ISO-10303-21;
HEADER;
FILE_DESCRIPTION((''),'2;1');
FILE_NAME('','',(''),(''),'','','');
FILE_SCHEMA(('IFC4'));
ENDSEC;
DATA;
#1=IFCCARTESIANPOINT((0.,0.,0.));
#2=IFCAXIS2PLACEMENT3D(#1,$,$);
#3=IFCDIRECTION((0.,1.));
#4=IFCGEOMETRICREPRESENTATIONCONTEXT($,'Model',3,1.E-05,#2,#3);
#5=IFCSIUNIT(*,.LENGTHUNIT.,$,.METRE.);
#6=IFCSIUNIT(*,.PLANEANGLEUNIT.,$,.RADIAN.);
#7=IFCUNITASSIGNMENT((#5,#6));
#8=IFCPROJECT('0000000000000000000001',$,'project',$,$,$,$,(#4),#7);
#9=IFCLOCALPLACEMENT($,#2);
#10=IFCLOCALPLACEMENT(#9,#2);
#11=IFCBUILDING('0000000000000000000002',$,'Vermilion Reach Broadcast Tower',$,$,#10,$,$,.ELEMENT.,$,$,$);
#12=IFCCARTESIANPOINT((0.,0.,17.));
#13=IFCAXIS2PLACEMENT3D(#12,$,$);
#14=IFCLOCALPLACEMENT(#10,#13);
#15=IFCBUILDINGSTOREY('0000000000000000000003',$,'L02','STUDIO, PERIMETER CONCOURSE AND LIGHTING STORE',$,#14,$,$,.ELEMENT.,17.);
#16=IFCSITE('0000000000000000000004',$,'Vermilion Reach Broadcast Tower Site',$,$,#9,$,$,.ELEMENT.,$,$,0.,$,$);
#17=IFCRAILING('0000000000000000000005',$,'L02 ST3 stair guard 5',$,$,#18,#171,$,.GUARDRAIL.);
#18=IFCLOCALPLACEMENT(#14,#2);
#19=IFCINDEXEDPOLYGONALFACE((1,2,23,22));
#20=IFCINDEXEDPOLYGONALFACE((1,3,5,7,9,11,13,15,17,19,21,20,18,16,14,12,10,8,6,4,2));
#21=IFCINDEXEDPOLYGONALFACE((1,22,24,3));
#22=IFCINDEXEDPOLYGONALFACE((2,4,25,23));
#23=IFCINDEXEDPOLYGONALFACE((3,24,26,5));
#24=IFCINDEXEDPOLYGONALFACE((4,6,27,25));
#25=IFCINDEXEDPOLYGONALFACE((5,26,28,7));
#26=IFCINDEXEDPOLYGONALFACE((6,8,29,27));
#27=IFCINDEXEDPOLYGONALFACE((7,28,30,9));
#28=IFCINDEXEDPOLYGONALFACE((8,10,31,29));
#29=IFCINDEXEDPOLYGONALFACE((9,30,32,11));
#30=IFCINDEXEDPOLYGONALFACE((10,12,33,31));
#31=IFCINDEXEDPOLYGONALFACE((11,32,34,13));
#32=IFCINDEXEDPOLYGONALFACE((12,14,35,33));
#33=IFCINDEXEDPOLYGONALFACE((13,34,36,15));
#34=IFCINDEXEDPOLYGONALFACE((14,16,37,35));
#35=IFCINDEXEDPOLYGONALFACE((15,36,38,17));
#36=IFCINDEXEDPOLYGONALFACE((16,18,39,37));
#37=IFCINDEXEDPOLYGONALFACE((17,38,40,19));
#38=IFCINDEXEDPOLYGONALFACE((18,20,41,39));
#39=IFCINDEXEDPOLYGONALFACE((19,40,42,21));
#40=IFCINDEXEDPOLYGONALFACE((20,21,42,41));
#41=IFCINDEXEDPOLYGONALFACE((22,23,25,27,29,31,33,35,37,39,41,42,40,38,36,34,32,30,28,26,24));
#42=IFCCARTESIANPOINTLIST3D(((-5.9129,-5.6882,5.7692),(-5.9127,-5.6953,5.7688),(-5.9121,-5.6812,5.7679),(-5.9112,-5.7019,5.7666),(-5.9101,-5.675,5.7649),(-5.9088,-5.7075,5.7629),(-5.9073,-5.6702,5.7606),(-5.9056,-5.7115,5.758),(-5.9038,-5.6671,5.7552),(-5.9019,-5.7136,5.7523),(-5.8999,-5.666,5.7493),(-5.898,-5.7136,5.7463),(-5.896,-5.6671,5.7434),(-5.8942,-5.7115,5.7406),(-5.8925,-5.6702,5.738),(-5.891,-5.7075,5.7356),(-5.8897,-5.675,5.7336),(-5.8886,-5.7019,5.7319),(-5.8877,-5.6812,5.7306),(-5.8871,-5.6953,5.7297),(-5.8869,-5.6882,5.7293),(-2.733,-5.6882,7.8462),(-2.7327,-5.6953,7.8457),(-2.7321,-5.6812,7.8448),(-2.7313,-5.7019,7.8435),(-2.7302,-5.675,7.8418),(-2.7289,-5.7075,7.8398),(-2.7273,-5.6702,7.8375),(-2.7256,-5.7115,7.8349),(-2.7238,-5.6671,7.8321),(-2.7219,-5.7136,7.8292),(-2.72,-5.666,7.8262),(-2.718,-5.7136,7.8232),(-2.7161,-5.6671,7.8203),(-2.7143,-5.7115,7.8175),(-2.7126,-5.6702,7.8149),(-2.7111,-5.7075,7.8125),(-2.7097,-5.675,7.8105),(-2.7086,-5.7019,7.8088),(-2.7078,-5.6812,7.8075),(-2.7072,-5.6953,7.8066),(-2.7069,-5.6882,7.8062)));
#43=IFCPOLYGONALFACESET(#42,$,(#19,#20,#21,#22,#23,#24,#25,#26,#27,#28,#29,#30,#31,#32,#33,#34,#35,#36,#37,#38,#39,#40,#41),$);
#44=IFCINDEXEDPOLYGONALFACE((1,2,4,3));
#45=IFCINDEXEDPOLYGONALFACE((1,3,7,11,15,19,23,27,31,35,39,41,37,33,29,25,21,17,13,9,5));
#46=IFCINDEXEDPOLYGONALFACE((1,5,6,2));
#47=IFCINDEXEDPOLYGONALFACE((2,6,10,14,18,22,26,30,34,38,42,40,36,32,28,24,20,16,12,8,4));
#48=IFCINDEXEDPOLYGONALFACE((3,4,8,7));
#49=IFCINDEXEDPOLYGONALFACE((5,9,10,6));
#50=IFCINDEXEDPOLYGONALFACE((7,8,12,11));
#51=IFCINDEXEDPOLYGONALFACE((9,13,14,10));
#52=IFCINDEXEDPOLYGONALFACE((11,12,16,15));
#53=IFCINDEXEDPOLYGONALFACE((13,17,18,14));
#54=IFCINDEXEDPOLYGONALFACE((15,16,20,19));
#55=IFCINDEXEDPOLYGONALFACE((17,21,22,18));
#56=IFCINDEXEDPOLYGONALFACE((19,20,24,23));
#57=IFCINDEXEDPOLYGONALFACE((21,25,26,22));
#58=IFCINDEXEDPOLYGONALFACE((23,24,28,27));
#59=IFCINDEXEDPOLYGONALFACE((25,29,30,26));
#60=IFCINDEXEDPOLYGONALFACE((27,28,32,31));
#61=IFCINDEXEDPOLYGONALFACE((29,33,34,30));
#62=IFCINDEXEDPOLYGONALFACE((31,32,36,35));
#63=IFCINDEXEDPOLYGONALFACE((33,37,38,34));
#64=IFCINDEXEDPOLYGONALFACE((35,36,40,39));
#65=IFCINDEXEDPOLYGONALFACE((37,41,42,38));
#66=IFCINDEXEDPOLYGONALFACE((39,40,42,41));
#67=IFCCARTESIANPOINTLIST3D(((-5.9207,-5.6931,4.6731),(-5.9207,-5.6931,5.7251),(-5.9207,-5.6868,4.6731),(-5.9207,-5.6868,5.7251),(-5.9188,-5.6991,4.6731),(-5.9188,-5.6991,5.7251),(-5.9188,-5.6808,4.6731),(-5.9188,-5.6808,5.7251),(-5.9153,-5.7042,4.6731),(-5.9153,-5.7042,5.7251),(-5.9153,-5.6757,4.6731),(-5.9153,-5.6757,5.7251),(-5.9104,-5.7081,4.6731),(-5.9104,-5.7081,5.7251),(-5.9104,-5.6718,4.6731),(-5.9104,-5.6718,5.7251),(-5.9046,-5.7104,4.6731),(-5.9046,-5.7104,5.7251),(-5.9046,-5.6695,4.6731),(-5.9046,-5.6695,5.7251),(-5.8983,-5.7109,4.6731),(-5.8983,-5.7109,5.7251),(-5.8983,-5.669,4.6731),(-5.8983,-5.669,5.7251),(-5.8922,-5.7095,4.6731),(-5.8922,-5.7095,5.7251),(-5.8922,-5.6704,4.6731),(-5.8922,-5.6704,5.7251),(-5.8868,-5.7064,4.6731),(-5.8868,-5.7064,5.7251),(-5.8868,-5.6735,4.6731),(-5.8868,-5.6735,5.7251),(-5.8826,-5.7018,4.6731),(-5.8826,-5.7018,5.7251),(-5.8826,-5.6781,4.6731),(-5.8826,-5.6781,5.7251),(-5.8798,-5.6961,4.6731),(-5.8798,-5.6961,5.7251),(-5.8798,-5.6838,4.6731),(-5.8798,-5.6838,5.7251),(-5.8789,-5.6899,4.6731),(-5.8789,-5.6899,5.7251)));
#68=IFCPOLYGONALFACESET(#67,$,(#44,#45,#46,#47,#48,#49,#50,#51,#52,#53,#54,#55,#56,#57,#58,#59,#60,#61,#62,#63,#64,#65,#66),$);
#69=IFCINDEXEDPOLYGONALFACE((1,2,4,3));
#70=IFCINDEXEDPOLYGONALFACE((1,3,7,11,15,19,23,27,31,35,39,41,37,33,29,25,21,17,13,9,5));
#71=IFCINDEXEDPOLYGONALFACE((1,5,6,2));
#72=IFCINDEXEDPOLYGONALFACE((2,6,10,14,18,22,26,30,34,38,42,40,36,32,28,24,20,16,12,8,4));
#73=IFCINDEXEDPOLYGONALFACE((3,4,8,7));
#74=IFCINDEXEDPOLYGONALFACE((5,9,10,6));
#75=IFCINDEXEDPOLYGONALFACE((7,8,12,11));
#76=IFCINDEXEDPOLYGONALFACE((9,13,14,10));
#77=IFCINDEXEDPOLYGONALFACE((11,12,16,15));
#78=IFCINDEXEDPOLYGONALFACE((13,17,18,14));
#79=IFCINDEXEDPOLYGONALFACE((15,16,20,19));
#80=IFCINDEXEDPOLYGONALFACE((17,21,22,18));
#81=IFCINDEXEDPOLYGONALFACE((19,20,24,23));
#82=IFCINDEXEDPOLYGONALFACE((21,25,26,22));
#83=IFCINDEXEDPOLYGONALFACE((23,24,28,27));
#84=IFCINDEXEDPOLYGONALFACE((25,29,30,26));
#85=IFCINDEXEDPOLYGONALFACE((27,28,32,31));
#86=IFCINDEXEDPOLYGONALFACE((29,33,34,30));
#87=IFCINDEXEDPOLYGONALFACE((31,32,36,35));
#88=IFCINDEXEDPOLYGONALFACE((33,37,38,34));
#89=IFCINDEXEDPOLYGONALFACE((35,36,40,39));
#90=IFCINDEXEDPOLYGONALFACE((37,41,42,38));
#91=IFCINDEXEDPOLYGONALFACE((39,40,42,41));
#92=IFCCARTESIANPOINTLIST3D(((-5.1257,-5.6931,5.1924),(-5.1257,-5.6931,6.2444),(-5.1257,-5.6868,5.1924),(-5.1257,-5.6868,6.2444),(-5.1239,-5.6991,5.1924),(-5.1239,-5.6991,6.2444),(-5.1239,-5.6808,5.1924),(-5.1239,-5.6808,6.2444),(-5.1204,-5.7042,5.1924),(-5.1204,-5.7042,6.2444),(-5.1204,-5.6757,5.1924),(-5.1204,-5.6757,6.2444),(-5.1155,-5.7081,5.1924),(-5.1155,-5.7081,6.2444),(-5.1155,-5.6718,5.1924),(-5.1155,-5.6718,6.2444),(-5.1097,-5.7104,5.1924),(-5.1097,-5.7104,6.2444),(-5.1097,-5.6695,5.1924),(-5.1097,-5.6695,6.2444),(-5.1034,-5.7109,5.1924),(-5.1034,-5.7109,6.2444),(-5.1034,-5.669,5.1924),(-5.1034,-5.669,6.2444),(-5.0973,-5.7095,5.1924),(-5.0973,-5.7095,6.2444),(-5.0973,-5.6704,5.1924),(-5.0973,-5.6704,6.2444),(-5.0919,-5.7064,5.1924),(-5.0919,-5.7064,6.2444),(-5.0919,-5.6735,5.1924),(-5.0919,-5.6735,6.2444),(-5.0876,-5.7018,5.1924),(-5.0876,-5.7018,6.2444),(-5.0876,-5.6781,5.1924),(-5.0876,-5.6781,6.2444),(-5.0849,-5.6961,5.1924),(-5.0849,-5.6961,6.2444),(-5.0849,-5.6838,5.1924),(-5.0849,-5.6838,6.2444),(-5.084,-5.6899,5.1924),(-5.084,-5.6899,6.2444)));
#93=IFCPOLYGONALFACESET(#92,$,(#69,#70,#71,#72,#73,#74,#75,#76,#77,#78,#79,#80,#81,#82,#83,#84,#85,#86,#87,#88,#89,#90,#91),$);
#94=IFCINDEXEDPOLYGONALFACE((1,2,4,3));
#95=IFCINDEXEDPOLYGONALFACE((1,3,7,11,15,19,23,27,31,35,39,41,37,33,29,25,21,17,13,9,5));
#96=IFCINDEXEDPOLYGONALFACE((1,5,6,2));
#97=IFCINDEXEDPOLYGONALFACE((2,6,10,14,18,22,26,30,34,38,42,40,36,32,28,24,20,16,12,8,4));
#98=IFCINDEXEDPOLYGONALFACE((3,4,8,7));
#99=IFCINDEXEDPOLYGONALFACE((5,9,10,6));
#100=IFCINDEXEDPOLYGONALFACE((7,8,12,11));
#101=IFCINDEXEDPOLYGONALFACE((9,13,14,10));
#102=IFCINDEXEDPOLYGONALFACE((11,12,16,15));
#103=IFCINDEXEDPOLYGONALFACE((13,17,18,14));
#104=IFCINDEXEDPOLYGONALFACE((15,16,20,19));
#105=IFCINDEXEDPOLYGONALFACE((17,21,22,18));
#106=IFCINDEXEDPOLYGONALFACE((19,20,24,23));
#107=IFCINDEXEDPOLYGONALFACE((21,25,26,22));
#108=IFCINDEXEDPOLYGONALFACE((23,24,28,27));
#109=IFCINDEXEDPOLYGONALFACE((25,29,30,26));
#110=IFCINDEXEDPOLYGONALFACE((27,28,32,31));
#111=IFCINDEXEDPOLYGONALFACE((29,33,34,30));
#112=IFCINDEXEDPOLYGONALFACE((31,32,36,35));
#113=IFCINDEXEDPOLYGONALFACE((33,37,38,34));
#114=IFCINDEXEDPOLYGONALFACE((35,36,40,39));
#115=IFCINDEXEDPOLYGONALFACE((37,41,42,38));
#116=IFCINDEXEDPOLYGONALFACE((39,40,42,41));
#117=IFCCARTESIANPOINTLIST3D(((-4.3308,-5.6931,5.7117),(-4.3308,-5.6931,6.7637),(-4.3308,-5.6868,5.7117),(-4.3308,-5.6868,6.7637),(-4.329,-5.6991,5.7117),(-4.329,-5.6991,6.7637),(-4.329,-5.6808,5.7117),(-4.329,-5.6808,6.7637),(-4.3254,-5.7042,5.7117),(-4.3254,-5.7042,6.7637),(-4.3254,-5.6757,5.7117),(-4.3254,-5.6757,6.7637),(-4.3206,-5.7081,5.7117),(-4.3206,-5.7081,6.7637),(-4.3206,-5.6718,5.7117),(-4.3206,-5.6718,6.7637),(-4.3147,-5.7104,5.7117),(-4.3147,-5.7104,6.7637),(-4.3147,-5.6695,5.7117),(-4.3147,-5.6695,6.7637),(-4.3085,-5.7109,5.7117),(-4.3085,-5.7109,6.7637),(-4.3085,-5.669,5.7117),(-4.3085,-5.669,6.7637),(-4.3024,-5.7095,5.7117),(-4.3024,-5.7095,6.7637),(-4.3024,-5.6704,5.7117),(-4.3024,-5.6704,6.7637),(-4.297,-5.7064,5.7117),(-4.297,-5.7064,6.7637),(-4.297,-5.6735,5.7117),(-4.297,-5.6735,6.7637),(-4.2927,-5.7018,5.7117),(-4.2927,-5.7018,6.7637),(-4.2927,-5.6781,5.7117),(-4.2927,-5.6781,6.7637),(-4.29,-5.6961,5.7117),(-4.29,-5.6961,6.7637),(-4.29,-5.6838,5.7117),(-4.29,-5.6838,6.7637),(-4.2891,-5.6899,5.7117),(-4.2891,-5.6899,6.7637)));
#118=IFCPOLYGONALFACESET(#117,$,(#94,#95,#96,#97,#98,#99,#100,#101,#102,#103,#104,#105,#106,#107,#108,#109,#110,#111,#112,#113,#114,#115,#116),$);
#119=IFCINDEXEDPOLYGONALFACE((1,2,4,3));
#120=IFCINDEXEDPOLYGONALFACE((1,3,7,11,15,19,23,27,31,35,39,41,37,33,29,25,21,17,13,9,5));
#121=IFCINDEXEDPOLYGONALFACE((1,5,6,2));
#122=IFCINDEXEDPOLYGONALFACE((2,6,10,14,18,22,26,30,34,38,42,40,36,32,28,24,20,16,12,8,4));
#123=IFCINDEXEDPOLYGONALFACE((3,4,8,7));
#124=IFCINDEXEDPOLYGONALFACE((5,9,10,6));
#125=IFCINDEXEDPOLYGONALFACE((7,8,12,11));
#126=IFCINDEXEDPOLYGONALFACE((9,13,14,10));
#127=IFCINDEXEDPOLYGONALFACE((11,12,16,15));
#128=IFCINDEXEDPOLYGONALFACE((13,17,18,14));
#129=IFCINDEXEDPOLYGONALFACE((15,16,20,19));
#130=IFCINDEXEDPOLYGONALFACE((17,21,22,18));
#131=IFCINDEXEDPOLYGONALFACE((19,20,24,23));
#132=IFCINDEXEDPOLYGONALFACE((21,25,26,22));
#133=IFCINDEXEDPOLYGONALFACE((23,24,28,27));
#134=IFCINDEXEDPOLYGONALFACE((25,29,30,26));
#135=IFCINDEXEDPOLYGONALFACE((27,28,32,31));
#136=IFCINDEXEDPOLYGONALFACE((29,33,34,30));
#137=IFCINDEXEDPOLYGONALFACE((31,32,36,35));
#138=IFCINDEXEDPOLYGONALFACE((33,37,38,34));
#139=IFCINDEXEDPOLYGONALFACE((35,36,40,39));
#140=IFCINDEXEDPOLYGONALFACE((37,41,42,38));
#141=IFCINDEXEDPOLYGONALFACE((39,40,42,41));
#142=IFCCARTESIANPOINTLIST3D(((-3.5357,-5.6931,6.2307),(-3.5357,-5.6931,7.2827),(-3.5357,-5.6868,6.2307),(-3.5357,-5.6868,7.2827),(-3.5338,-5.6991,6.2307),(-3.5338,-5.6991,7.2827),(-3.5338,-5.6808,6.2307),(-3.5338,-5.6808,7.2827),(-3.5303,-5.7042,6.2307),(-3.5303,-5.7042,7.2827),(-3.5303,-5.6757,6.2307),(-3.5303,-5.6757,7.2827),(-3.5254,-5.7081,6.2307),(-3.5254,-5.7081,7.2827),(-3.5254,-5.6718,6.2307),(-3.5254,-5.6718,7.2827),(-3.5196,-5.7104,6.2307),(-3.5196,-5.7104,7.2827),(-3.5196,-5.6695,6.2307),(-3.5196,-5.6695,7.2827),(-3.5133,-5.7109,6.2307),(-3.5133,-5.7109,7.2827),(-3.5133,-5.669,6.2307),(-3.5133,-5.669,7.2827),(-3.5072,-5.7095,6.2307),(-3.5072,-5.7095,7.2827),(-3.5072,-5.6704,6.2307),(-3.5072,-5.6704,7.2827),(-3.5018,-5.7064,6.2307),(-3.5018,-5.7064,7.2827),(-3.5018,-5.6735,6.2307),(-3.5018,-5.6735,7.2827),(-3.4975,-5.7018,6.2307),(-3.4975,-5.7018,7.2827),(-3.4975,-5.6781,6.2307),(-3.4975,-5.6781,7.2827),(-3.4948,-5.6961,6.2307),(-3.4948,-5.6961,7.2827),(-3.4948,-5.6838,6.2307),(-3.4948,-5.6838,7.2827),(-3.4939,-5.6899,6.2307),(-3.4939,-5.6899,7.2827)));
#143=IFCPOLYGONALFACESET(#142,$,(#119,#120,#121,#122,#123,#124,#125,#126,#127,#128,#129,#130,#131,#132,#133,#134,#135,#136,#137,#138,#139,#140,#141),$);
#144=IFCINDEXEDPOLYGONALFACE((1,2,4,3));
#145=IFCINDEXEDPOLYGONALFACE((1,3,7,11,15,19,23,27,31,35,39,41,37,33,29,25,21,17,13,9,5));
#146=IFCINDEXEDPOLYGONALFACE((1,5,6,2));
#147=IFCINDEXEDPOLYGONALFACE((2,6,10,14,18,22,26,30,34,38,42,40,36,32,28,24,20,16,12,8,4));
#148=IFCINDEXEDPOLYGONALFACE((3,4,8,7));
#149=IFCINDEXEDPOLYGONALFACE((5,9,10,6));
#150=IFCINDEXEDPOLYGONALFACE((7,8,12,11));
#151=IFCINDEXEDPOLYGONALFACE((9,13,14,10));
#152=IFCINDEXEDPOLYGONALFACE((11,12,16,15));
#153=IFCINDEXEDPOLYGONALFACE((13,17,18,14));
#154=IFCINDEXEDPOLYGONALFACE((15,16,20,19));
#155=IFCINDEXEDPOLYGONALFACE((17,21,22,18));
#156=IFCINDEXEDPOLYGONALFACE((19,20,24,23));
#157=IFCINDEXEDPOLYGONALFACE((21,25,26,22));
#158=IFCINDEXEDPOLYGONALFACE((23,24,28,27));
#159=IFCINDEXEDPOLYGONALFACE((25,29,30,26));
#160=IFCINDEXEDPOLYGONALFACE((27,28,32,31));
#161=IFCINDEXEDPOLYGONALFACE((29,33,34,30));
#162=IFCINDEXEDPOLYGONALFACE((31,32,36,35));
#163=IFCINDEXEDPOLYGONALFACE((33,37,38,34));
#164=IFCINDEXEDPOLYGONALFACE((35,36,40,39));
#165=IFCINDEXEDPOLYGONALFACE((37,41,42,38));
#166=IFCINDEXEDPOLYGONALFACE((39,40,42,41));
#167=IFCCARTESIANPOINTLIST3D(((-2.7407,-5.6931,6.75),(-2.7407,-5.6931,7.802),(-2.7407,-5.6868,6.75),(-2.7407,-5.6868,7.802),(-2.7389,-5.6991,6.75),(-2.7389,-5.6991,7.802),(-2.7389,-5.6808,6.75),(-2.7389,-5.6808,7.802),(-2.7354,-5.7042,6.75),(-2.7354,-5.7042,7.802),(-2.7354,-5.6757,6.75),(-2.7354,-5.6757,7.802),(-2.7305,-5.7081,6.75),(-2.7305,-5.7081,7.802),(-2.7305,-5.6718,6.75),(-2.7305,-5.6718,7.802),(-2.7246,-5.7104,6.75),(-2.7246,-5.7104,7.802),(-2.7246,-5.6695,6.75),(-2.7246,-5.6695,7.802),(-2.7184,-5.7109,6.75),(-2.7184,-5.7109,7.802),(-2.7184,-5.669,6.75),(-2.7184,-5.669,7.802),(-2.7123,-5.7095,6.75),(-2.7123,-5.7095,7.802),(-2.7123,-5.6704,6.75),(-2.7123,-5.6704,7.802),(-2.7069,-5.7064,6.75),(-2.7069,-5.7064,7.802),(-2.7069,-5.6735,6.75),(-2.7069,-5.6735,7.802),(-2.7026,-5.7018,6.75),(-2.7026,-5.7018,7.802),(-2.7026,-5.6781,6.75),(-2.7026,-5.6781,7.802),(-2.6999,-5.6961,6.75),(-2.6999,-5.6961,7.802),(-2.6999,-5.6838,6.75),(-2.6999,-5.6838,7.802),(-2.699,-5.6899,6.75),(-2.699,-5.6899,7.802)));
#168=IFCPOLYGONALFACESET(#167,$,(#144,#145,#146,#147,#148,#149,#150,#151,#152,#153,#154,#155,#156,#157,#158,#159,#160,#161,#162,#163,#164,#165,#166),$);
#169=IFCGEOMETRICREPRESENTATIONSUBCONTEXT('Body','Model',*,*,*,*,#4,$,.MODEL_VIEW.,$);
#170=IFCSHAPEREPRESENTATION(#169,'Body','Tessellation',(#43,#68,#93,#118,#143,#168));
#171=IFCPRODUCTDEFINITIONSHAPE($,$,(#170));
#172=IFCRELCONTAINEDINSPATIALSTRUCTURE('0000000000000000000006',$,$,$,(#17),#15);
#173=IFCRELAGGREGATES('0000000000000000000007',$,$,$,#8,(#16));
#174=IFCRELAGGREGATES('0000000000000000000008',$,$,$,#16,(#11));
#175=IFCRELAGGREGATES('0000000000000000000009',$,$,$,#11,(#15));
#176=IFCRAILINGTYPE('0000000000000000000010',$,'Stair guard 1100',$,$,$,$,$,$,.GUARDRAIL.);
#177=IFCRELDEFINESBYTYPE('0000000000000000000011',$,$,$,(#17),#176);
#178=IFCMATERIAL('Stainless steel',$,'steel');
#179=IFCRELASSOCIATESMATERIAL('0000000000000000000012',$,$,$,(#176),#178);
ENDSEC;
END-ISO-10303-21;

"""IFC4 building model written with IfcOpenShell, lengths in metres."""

from ifc_helpers import new_model, si_unit, direction, frame, origin, origin_2d, place, context, subcontext, project, spatial, circle, extrude, material, type_object, element, save


model = new_model("IFC4")

# Units and contexts
model_context = context("Model", 3, precision=1e-05, world=origin(), true_north=direction((0.0, 1.0)))
body_context = subcontext(model_context, "Body", "Model", "MODEL_VIEW")
ifc_project = project(units=[si_unit("LENGTHUNIT", "METRE"), si_unit("PLANEANGLEUNIT", "RADIAN")], contexts=[model_context])

# Site, building, storey
site_placement = place(None, origin())
site = spatial("IfcSite", under=ifc_project, at=site_placement, Name="Vermilion Reach Broadcast Tower Site", CompositionType="ELEMENT", RefElevation=0.0)
building_placement = place(site_placement, origin())
building = spatial("IfcBuilding", under=site, at=building_placement, Name="Vermilion Reach Broadcast Tower", CompositionType="ELEMENT")
storey_placement = place(building_placement, frame((0.0, 0.0, 17.0)))
storey = spatial("IfcBuildingStorey", under=building, at=storey_placement, Name="L02", Description="STUDIO, PERIMETER CONCOURSE AND LIGHTING STORE", CompositionType="ELEMENT", Elevation=17.0)

# Railing
ifc_material_1 = material(Name="Stainless steel", Category="steel")
railing_type_1 = type_object("IfcRailingType", Name="Stair guard 1100", PredefinedType="GUARDRAIL", material=ifc_material_1)
railing_1_placement = place(storey_placement, frame((-5.8999, -5.6899, 4.6731)))
element("IfcRailing", 1, at=railing_1_placement, inside=storey, type_object=railing_type_1, Name="L02 ST3 stair guard 5", PredefinedType="GUARDRAIL", context=body_context, shape_type="SweptSolid", body=[
    extrude(circle(Radius=0.0239, at=origin_2d()), frame((0.0, 0.0, 1.0762), z_axis=(0.837245, 0.0, 0.546828), x_axis=(0.0, 1.0, 0.0)), (0.0, 0.0, 1.0), 3.7981),
    extrude(circle(Radius=0.021, at=origin_2d()), origin(), (0.0, 0.0, 1.0), 1.052),
    extrude(circle(Radius=0.021, at=origin_2d()), frame((0.7949, 0.0, 0.5193)), (0.0, 0.0, 1.0), 1.052),
    extrude(circle(Radius=0.021, at=origin_2d()), frame((1.5898, 0.0, 1.0386)), (0.0, 0.0, 1.0), 1.052),
    extrude(circle(Radius=0.021, at=origin_2d()), frame((2.385, 0.0, 1.5576)), (0.0, 0.0, 1.0), 1.052),
    extrude(circle(Radius=0.021, at=origin_2d()), frame((3.1799, 0.0, 2.0769)), (0.0, 0.0, 1.0), 1.052),
])

save(model, "model.ifc")
